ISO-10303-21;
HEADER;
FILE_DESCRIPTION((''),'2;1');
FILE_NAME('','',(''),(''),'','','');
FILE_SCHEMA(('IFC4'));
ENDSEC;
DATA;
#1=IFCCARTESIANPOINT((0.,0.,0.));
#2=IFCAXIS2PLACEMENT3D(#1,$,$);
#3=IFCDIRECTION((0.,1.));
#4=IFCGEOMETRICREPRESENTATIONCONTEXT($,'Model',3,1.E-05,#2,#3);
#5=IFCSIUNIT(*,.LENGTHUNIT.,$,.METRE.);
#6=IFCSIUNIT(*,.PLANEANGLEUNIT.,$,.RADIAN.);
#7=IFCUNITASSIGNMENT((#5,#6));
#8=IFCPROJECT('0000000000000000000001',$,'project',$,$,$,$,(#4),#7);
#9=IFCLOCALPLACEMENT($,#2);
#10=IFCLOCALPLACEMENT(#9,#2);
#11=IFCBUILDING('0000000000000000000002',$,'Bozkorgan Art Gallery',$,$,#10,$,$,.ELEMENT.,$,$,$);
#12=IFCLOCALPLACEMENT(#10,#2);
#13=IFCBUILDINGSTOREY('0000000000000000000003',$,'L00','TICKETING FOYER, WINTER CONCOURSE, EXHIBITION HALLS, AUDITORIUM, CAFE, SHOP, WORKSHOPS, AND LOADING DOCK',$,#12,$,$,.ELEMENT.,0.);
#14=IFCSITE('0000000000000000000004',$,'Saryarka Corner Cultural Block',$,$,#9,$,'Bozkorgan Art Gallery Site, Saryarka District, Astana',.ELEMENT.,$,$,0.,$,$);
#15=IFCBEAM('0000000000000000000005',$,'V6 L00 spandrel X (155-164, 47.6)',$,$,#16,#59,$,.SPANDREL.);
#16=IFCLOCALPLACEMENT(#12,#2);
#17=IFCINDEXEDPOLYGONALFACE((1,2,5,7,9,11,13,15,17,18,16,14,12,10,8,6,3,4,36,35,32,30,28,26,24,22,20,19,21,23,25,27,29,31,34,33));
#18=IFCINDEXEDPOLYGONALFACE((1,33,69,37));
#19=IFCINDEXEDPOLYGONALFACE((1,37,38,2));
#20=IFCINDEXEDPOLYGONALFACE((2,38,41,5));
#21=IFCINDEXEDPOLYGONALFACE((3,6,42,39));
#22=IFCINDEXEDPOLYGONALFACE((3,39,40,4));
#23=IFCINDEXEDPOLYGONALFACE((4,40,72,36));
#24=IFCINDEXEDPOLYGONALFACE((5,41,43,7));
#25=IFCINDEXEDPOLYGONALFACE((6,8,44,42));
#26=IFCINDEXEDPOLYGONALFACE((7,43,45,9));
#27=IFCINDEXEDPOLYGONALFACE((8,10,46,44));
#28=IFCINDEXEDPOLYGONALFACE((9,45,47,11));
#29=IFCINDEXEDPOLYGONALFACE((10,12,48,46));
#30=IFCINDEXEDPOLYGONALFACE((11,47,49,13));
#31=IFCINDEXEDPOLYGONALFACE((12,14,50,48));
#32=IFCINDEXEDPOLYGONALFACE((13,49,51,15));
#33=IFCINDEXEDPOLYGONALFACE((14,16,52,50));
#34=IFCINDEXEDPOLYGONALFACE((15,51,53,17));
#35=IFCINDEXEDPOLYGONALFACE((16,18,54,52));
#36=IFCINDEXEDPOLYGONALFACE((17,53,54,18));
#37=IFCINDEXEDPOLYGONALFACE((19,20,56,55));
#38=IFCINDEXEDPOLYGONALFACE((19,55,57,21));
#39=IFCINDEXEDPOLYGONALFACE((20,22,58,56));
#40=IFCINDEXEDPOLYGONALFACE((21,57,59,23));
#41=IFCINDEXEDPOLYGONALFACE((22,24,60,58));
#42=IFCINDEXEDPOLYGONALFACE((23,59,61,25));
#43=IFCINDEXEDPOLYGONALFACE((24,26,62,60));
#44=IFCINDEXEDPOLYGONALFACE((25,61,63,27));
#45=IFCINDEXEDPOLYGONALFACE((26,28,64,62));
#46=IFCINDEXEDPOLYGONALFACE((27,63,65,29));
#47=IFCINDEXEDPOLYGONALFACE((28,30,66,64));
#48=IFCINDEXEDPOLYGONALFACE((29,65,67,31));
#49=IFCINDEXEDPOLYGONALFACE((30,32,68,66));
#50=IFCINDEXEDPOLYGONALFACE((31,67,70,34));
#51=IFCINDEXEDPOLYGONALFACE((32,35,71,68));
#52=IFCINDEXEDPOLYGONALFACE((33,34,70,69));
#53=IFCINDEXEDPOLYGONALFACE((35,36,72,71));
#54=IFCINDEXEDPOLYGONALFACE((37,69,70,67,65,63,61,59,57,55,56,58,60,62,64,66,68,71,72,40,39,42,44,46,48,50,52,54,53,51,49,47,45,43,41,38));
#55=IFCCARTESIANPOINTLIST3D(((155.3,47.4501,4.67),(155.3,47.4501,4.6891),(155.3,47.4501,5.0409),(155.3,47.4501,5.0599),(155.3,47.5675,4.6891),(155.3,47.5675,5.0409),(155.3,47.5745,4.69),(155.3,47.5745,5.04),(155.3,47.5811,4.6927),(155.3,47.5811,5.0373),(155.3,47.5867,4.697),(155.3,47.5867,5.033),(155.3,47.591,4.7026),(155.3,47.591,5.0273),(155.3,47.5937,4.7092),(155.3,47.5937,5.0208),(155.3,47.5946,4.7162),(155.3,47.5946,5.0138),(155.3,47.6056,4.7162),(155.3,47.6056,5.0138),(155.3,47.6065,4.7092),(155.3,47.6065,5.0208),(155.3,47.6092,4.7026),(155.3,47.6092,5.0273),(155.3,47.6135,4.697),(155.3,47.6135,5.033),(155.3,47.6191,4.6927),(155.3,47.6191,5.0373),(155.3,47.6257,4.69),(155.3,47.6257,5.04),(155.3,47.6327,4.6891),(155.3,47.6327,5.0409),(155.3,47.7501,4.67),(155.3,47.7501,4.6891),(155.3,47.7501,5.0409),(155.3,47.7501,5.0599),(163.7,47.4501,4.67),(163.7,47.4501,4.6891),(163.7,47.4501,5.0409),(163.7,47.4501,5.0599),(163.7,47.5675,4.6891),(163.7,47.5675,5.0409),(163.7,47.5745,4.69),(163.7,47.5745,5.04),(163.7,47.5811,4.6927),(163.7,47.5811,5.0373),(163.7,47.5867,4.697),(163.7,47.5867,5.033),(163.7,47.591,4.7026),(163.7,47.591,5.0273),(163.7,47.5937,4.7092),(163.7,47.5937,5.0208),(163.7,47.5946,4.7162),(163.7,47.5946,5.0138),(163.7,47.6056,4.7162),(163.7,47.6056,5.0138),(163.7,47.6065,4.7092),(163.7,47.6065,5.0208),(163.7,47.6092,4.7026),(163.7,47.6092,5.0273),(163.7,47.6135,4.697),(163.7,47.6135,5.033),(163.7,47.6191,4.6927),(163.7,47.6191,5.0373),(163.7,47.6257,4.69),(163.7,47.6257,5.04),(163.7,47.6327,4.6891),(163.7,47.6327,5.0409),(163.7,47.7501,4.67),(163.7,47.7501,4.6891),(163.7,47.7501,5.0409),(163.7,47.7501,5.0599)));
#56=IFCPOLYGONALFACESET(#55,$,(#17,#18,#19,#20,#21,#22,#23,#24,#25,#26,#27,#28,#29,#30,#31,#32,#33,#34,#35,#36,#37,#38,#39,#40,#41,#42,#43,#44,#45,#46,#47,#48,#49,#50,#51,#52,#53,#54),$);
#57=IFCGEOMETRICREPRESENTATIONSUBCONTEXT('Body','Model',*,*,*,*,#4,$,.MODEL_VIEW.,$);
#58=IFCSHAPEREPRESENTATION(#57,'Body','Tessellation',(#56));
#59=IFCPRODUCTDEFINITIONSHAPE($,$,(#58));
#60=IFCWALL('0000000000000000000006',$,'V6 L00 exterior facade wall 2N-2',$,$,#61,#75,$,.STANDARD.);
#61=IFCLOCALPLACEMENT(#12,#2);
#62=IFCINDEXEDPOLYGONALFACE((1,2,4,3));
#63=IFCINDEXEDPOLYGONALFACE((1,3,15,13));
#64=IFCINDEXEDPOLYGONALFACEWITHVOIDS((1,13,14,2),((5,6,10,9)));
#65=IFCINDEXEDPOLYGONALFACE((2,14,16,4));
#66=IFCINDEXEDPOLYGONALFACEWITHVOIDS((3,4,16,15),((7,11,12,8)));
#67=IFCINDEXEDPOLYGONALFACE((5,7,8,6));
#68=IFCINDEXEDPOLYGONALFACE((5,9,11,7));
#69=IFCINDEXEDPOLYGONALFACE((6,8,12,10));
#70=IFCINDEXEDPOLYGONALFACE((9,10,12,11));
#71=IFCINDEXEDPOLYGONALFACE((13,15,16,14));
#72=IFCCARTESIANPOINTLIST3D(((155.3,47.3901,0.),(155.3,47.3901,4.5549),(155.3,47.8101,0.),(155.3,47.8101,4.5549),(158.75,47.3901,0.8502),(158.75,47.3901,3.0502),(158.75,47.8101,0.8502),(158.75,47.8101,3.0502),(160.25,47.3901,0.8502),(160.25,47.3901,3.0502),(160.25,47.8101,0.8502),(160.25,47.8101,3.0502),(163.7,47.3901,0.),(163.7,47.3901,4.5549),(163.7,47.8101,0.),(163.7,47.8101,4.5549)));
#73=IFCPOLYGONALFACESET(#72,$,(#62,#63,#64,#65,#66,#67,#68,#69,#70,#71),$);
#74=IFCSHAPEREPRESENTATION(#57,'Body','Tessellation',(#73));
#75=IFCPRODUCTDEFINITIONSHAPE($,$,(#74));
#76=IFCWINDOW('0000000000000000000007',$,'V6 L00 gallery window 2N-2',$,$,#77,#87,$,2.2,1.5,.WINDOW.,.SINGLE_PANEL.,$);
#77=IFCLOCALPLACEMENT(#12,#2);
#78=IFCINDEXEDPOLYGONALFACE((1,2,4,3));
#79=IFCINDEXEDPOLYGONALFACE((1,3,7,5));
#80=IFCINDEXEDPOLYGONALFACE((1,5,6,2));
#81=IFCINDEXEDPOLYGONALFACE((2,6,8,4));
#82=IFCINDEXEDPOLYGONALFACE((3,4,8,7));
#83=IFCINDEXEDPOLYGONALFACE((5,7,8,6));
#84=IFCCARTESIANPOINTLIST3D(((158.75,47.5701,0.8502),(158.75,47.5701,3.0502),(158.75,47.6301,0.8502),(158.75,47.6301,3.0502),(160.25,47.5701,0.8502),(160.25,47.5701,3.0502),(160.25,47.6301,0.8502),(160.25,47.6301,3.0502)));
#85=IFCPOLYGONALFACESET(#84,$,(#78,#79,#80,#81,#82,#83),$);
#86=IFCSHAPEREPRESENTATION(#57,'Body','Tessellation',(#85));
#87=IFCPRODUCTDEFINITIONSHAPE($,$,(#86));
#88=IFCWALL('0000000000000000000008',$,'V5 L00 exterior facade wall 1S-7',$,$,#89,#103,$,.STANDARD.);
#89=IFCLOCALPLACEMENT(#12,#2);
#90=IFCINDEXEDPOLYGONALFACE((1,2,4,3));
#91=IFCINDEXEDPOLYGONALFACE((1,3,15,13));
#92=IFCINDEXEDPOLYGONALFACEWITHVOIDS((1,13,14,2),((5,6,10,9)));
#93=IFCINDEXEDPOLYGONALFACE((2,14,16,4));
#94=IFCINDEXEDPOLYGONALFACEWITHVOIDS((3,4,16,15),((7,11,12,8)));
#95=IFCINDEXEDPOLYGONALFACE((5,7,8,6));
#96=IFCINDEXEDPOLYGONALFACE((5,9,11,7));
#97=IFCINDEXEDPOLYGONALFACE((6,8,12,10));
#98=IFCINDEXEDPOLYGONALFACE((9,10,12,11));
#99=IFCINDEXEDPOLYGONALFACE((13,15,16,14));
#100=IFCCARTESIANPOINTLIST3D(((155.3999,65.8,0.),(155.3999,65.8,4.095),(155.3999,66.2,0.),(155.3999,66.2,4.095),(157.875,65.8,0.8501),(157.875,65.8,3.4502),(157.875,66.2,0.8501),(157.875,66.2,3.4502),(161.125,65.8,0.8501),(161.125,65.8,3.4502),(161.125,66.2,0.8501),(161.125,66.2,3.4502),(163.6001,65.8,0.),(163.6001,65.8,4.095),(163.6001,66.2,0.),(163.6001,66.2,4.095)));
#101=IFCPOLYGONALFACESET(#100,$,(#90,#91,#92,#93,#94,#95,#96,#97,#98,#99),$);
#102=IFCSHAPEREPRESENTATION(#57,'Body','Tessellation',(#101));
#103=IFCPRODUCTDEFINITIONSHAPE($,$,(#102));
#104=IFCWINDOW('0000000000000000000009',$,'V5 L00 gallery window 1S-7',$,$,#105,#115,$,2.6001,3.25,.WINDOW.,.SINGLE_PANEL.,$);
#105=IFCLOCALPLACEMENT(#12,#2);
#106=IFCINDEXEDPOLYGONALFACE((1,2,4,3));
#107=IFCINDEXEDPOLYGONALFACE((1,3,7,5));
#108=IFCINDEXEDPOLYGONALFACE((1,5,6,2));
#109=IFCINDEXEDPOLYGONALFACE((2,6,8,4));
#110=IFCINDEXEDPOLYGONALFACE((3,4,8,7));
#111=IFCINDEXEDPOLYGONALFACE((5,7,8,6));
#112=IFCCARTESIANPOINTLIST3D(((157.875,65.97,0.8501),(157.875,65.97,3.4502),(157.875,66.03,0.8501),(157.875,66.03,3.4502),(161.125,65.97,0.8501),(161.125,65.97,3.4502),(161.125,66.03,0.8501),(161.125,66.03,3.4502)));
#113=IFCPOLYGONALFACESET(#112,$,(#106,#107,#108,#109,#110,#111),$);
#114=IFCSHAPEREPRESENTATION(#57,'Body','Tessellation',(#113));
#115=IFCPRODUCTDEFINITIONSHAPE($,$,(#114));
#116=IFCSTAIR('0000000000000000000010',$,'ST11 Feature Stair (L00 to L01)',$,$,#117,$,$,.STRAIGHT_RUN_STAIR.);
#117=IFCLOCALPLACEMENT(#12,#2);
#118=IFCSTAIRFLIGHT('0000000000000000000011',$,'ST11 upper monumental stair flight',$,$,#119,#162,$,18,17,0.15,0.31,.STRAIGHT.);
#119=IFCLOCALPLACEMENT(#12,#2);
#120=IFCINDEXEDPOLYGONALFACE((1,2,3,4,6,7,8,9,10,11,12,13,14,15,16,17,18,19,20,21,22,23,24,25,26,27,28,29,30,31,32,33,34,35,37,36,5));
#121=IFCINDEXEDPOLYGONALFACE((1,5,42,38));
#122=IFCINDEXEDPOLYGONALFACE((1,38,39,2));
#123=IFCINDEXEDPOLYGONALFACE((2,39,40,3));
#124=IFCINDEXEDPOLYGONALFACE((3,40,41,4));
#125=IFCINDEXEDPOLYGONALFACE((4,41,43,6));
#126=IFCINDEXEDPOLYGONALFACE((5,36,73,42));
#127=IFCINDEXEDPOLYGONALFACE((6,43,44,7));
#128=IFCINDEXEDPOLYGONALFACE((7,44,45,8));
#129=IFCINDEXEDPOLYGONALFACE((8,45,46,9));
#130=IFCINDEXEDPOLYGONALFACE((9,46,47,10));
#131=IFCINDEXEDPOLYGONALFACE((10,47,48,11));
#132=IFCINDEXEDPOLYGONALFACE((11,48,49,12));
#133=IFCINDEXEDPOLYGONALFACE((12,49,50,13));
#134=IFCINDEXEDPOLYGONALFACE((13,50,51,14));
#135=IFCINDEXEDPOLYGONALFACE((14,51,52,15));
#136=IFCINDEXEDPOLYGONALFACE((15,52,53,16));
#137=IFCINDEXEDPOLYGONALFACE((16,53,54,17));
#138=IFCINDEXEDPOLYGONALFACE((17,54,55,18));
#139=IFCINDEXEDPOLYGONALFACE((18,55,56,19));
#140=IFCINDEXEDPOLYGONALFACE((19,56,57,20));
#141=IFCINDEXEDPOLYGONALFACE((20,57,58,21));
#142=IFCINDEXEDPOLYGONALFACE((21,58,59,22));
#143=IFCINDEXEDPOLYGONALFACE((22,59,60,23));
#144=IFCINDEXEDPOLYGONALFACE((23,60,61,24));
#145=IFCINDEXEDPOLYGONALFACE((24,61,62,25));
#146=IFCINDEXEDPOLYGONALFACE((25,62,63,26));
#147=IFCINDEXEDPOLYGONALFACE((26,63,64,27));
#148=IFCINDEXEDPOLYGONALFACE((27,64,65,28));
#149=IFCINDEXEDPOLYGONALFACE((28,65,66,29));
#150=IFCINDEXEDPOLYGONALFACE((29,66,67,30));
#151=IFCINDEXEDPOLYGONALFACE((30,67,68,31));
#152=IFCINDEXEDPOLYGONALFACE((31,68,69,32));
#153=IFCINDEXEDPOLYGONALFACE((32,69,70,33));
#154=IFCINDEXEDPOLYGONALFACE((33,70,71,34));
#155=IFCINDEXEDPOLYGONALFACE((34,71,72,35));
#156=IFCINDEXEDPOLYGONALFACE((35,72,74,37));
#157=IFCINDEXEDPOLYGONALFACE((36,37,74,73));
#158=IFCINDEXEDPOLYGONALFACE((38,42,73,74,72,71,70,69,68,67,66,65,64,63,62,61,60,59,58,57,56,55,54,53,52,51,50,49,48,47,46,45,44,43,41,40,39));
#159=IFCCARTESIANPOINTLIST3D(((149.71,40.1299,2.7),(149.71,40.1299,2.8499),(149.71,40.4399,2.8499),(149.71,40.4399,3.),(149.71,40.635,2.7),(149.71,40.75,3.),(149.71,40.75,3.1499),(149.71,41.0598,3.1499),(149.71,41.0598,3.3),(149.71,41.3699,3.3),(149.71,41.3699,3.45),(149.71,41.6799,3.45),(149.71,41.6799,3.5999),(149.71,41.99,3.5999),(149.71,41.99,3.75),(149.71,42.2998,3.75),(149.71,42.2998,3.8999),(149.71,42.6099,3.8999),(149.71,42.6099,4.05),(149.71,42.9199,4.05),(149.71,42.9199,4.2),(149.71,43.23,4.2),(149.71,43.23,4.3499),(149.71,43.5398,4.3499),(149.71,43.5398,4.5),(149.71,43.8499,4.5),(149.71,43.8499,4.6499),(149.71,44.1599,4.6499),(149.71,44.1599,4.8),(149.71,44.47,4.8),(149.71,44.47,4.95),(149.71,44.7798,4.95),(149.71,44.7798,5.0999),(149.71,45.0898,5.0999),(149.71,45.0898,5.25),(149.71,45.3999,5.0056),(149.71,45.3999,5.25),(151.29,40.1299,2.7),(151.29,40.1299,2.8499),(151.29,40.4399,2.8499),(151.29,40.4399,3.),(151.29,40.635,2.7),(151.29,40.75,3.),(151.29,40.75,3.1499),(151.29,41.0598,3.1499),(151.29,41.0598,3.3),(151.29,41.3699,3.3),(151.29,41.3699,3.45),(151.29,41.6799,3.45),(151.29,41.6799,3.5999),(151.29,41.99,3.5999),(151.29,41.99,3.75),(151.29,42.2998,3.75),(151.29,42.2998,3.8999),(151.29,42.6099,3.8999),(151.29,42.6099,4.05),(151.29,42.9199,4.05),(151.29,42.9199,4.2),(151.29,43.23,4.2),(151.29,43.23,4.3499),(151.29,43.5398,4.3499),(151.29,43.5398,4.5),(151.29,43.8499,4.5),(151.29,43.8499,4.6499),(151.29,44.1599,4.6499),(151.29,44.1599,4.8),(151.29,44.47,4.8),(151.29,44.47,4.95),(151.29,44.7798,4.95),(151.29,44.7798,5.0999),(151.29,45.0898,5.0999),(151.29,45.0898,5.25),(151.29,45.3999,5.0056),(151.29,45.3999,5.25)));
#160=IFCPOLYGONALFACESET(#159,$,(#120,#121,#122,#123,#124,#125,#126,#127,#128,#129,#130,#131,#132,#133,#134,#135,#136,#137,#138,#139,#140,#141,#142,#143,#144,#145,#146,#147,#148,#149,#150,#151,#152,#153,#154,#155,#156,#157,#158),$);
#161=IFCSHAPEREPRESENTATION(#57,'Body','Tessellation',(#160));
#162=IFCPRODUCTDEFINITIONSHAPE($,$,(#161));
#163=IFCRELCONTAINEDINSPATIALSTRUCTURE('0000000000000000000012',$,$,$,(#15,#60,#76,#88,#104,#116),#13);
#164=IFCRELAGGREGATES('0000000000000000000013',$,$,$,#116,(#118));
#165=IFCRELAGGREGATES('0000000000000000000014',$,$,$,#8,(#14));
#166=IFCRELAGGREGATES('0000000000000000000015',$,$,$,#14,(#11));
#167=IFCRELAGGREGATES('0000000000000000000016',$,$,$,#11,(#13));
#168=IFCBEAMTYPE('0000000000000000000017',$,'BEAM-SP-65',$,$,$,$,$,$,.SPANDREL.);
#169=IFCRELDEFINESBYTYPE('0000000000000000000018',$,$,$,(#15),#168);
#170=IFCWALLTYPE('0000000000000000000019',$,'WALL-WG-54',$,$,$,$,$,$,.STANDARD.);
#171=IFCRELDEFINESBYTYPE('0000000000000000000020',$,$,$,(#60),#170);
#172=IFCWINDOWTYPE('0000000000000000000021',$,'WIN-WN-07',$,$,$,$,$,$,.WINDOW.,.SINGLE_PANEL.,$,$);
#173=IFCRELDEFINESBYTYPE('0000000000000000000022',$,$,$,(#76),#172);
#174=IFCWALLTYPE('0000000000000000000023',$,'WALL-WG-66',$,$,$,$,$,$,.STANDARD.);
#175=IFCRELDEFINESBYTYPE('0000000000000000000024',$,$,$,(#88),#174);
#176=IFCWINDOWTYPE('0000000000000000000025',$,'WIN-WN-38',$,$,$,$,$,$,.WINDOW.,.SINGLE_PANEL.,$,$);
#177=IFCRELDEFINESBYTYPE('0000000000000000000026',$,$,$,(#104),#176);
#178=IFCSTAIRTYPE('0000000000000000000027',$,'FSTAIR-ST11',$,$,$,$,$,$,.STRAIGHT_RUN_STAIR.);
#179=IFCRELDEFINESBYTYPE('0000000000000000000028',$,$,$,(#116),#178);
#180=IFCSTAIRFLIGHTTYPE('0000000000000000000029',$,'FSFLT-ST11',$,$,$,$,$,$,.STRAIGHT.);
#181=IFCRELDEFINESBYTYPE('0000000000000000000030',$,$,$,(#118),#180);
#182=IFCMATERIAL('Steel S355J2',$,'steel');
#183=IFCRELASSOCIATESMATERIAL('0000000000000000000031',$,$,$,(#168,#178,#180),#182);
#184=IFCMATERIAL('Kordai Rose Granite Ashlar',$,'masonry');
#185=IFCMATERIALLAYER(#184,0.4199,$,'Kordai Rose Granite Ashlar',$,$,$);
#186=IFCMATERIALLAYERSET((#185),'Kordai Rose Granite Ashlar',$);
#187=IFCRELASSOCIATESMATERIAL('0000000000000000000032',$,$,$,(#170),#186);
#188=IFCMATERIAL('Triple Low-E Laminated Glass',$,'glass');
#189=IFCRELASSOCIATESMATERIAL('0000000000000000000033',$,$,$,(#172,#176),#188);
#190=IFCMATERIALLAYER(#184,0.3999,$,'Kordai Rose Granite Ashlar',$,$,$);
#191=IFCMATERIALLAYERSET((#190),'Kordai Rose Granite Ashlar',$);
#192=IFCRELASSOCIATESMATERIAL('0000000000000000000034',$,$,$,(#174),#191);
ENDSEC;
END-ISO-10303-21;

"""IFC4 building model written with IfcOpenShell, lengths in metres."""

from ifc_helpers import new_model, si_unit, direction, frame, frame_2d, origin, origin_2d, place, context, subcontext, project, spatial, polyline, rectangle, i_section, outline, extrude, material, layer, layer_set, material_profile, profile_set, type_object, element, fill, aggregate, save


model = new_model("IFC4")

# Units and contexts
model_context = context("Model", 3, precision=1e-05, world=origin(), true_north=direction((0.0, 1.0)))
body_context = subcontext(model_context, "Body", "Model", "MODEL_VIEW")
ifc_project = project(units=[si_unit("LENGTHUNIT", "METRE"), si_unit("PLANEANGLEUNIT", "RADIAN")], contexts=[model_context])

# Site, building, storey
site_placement = place(None, origin())
site = spatial("IfcSite", under=ifc_project, at=site_placement, Name="Saryarka Corner Cultural Block", LongName="Bozkorgan Art Gallery Site, Saryarka District, Astana", CompositionType="ELEMENT", RefElevation=0.0)
building_placement = place(site_placement, origin())
building = spatial("IfcBuilding", under=site, at=building_placement, Name="Bozkorgan Art Gallery", CompositionType="ELEMENT")
storey_placement = place(building_placement, origin())
storey = spatial("IfcBuildingStorey", under=building, at=storey_placement, Name="L00", Description="TICKETING FOYER, WINTER CONCOURSE, EXHIBITION HALLS, AUDITORIUM, CAFE, SHOP, WORKSHOPS, AND LOADING DOCK", CompositionType="ELEMENT", Elevation=0.0)

# Beam
ifc_material_1 = material(Name="Steel S355J2", Category="steel")
ifc_material_profile_1 = material_profile(ifc_material_1, i_section(OverallWidth=0.3, OverallDepth=0.3899, WebThickness=0.011, FlangeThickness=0.019, FilletRadius=0.0271, at=origin_2d()), Name="HEA 400")
ifc_profile_set_1 = profile_set([ifc_material_profile_1], Name="Steel S355J2")
beam_type_1 = type_object("IfcBeamType", Name="BEAM-SP-65", PredefinedType="SPANDREL", material=ifc_profile_set_1)
beam_1_placement = place(storey_placement, frame((155.3, 47.6001, 4.865), z_axis=(1.0, 0.0, 0.0), x_axis=(0.0, 1.0, 0.0)))
element("IfcBeam", 1, at=beam_1_placement, inside=storey, type_object=beam_type_1, Name="V6 L00 spandrel X (155-164, 47.6)", PredefinedType="SPANDREL", context=body_context, shape_type="SweptSolid", body=[
    extrude(i_section(OverallWidth=0.3, OverallDepth=0.3899, WebThickness=0.011, FlangeThickness=0.019, FilletRadius=0.0271, at=origin_2d()), origin(), (0.0, 0.0, 1.0), 8.3999),
])

# Walls, openings, windows
ifc_material_2 = material(Name="Kordai Rose Granite Ashlar", Category="masonry")
ifc_layer_1 = layer(ifc_material_2, 0.4199, Name="Kordai Rose Granite Ashlar")
ifc_layer_set_1 = layer_set([ifc_layer_1], Name="Kordai Rose Granite Ashlar")
wall_type_1 = type_object("IfcWallType", Name="WALL-WG-54", PredefinedType="STANDARD", material=ifc_layer_set_1)
wall_1_placement = place(storey_placement, frame((155.3, 47.6001, 0.0), z_axis=(0.0, 0.0, 1.0), x_axis=(1.0, 0.0, 0.0)))
wall_1 = element("IfcWall", 2, at=wall_1_placement, inside=storey, type_object=wall_type_1, Name="V6 L00 exterior facade wall 2N-2", PredefinedType="STANDARD", context=body_context, shape_type="SweptSolid", body=[
    extrude(rectangle(XDim=8.3999, YDim=0.4199, at=frame_2d((4.2, 0.0))), origin(), (0.0, 0.0, 1.0), 4.5549),
])
opening_1_placement = place(wall_1_placement, frame((3.45, 0.0, 0.8501)))
opening_1 = element("IfcOpeningElement", 3, at=opening_1_placement, cuts=wall_1, PredefinedType="OPENING", context=body_context, shape_type="SweptSolid", body=[
    extrude(rectangle(XDim=1.5, YDim=2.2, at=frame_2d((0.75, 1.1001))), frame((0.0, 0.22, 0.0), z_axis=(0.0, -1.0, 0.0), x_axis=(1.0, 0.0, 0.0)), (0.0, 0.0, 1.0), 0.4399),
])
ifc_material_3 = material(Name="Triple Low-E Laminated Glass", Category="glass")
window_type_1 = type_object("IfcWindowType", Name="WIN-WN-07", PartitioningType="SINGLE_PANEL", PredefinedType="WINDOW", material=ifc_material_3)
window_1_placement = place(opening_1_placement, origin())
window_1 = element("IfcWindow", 4, at=window_1_placement, inside=storey, type_object=window_type_1, Name="V6 L00 gallery window 2N-2", OverallHeight=2.2, OverallWidth=1.5, PartitioningType="SINGLE_PANEL", PredefinedType="WINDOW", context=body_context, shape_type="SweptSolid", body=[
    extrude(rectangle(XDim=1.5, YDim=2.2, at=frame_2d((0.75, 1.1001))), frame((0.0, 0.03, 0.0), z_axis=(0.0, -1.0, 0.0), x_axis=(1.0, 0.0, 0.0)), (0.0, 0.0, 1.0), 0.0601),
])
fill(opening_1, window_1)
ifc_layer_2 = layer(ifc_material_2, 0.3999, Name="Kordai Rose Granite Ashlar")
ifc_layer_set_2 = layer_set([ifc_layer_2], Name="Kordai Rose Granite Ashlar")
wall_type_2 = type_object("IfcWallType", Name="WALL-WG-66", PredefinedType="STANDARD", material=ifc_layer_set_2)
wall_2_placement = place(storey_placement, frame((155.3999, 66.0, 0.0), z_axis=(0.0, 0.0, 1.0), x_axis=(1.0, 0.0, 0.0)))
wall_2 = element("IfcWall", 5, at=wall_2_placement, inside=storey, type_object=wall_type_2, Name="V5 L00 exterior facade wall 1S-7", PredefinedType="STANDARD", context=body_context, shape_type="SweptSolid", body=[
    extrude(rectangle(XDim=8.2002, YDim=0.3999, at=frame_2d((4.1001, 0.0))), origin(), (0.0, 0.0, 1.0), 4.095),
])
opening_2_placement = place(wall_2_placement, frame((5.7251, 0.0, 0.8501), z_axis=(0.0, 0.0, 1.0), x_axis=(-1.0, 0.0, 0.0)))
opening_2 = element("IfcOpeningElement", 6, at=opening_2_placement, cuts=wall_2, PredefinedType="OPENING", context=body_context, shape_type="SweptSolid", body=[
    extrude(rectangle(XDim=3.25, YDim=2.6001, at=frame_2d((1.625, 1.3))), frame((0.0, 0.21, 0.0), z_axis=(0.0, -1.0, 0.0), x_axis=(1.0, 0.0, 0.0)), (0.0, 0.0, 1.0), 0.4199),
])
window_type_2 = type_object("IfcWindowType", Name="WIN-WN-38", PartitioningType="SINGLE_PANEL", PredefinedType="WINDOW", material=ifc_material_3)
window_2_placement = place(opening_2_placement, origin())
window_2 = element("IfcWindow", 7, at=window_2_placement, inside=storey, type_object=window_type_2, Name="V5 L00 gallery window 1S-7", OverallHeight=2.6001, OverallWidth=3.25, PartitioningType="SINGLE_PANEL", PredefinedType="WINDOW", context=body_context, shape_type="SweptSolid", body=[
    extrude(rectangle(XDim=3.25, YDim=2.6001, at=frame_2d((1.625, 1.3))), frame((0.0, 0.03, 0.0), z_axis=(0.0, -1.0, 0.0), x_axis=(1.0, 0.0, 0.0)), (0.0, 0.0, 1.0), 0.0601),
])
fill(opening_2, window_2)

# Stair, stair flight
stair_type = type_object("IfcStairType", Name="FSTAIR-ST11", PredefinedType="STRAIGHT_RUN_STAIR", material=ifc_material_1)
stair_placement = place(storey_placement, origin())
stair = element("IfcStair", 8, at=stair_placement, inside=storey, type_object=stair_type, Name="ST11 Feature Stair (L00 to L01)", PredefinedType="STRAIGHT_RUN_STAIR")
stair_flight_type = type_object("IfcStairFlightType", Name="FSFLT-ST11", PredefinedType="STRAIGHT", material=ifc_material_1)
stair_flight_placement = place(storey_placement, frame((150.5, 40.1299, 2.7), z_axis=(0.0, 0.0, 1.0), x_axis=(0.0, 1.0, 0.0)))
stair_flight = element("IfcStairFlight", 9, at=stair_flight_placement, type_object=stair_flight_type, Name="ST11 upper monumental stair flight", NumberOfRisers=18, NumberOfTreads=17, PredefinedType="STRAIGHT", RiserHeight=0.15, TreadLength=0.31, context=body_context, shape_type="SweptSolid", body=[
    extrude(outline(polyline([(0.0, 0.0), (0.0, 0.1499), (0.3101, 0.1499), (0.3101, 0.3), (0.6201, 0.3), (0.6201, 0.45), (0.9299, 0.45), (0.9299, 0.6001), (1.24, 0.6001), (1.24, 0.75), (1.55, 0.75), (1.55, 0.8999), (1.8601, 0.8999), (1.8601, 1.05), (2.1699, 1.05), (2.1699, 1.2), (2.48, 1.2), (2.48, 1.3501), (2.79, 1.3501), (2.79, 1.5), (3.1001, 1.5), (3.1001, 1.6499), (3.4099, 1.6499), (3.4099, 1.8), (3.72, 1.8), (3.72, 1.95), (4.03, 1.95), (4.03, 2.1001), (4.3401, 2.1001), (4.3401, 2.25), (4.6499, 2.25), (4.6499, 2.3999), (4.96, 2.3999), (4.96, 2.55), (5.27, 2.55), (5.27, 2.7), (5.27, 2.3057), (0.5051, 0.0), (0.0, 0.0)])), frame((0.0, 0.79, 0.0), z_axis=(0.0, -1.0, 0.0), x_axis=(1.0, 0.0, 0.0)), (0.0, 0.0, 1.0), 1.5801),
])
aggregate(stair, [stair_flight])

save(model, "model.ifc")
